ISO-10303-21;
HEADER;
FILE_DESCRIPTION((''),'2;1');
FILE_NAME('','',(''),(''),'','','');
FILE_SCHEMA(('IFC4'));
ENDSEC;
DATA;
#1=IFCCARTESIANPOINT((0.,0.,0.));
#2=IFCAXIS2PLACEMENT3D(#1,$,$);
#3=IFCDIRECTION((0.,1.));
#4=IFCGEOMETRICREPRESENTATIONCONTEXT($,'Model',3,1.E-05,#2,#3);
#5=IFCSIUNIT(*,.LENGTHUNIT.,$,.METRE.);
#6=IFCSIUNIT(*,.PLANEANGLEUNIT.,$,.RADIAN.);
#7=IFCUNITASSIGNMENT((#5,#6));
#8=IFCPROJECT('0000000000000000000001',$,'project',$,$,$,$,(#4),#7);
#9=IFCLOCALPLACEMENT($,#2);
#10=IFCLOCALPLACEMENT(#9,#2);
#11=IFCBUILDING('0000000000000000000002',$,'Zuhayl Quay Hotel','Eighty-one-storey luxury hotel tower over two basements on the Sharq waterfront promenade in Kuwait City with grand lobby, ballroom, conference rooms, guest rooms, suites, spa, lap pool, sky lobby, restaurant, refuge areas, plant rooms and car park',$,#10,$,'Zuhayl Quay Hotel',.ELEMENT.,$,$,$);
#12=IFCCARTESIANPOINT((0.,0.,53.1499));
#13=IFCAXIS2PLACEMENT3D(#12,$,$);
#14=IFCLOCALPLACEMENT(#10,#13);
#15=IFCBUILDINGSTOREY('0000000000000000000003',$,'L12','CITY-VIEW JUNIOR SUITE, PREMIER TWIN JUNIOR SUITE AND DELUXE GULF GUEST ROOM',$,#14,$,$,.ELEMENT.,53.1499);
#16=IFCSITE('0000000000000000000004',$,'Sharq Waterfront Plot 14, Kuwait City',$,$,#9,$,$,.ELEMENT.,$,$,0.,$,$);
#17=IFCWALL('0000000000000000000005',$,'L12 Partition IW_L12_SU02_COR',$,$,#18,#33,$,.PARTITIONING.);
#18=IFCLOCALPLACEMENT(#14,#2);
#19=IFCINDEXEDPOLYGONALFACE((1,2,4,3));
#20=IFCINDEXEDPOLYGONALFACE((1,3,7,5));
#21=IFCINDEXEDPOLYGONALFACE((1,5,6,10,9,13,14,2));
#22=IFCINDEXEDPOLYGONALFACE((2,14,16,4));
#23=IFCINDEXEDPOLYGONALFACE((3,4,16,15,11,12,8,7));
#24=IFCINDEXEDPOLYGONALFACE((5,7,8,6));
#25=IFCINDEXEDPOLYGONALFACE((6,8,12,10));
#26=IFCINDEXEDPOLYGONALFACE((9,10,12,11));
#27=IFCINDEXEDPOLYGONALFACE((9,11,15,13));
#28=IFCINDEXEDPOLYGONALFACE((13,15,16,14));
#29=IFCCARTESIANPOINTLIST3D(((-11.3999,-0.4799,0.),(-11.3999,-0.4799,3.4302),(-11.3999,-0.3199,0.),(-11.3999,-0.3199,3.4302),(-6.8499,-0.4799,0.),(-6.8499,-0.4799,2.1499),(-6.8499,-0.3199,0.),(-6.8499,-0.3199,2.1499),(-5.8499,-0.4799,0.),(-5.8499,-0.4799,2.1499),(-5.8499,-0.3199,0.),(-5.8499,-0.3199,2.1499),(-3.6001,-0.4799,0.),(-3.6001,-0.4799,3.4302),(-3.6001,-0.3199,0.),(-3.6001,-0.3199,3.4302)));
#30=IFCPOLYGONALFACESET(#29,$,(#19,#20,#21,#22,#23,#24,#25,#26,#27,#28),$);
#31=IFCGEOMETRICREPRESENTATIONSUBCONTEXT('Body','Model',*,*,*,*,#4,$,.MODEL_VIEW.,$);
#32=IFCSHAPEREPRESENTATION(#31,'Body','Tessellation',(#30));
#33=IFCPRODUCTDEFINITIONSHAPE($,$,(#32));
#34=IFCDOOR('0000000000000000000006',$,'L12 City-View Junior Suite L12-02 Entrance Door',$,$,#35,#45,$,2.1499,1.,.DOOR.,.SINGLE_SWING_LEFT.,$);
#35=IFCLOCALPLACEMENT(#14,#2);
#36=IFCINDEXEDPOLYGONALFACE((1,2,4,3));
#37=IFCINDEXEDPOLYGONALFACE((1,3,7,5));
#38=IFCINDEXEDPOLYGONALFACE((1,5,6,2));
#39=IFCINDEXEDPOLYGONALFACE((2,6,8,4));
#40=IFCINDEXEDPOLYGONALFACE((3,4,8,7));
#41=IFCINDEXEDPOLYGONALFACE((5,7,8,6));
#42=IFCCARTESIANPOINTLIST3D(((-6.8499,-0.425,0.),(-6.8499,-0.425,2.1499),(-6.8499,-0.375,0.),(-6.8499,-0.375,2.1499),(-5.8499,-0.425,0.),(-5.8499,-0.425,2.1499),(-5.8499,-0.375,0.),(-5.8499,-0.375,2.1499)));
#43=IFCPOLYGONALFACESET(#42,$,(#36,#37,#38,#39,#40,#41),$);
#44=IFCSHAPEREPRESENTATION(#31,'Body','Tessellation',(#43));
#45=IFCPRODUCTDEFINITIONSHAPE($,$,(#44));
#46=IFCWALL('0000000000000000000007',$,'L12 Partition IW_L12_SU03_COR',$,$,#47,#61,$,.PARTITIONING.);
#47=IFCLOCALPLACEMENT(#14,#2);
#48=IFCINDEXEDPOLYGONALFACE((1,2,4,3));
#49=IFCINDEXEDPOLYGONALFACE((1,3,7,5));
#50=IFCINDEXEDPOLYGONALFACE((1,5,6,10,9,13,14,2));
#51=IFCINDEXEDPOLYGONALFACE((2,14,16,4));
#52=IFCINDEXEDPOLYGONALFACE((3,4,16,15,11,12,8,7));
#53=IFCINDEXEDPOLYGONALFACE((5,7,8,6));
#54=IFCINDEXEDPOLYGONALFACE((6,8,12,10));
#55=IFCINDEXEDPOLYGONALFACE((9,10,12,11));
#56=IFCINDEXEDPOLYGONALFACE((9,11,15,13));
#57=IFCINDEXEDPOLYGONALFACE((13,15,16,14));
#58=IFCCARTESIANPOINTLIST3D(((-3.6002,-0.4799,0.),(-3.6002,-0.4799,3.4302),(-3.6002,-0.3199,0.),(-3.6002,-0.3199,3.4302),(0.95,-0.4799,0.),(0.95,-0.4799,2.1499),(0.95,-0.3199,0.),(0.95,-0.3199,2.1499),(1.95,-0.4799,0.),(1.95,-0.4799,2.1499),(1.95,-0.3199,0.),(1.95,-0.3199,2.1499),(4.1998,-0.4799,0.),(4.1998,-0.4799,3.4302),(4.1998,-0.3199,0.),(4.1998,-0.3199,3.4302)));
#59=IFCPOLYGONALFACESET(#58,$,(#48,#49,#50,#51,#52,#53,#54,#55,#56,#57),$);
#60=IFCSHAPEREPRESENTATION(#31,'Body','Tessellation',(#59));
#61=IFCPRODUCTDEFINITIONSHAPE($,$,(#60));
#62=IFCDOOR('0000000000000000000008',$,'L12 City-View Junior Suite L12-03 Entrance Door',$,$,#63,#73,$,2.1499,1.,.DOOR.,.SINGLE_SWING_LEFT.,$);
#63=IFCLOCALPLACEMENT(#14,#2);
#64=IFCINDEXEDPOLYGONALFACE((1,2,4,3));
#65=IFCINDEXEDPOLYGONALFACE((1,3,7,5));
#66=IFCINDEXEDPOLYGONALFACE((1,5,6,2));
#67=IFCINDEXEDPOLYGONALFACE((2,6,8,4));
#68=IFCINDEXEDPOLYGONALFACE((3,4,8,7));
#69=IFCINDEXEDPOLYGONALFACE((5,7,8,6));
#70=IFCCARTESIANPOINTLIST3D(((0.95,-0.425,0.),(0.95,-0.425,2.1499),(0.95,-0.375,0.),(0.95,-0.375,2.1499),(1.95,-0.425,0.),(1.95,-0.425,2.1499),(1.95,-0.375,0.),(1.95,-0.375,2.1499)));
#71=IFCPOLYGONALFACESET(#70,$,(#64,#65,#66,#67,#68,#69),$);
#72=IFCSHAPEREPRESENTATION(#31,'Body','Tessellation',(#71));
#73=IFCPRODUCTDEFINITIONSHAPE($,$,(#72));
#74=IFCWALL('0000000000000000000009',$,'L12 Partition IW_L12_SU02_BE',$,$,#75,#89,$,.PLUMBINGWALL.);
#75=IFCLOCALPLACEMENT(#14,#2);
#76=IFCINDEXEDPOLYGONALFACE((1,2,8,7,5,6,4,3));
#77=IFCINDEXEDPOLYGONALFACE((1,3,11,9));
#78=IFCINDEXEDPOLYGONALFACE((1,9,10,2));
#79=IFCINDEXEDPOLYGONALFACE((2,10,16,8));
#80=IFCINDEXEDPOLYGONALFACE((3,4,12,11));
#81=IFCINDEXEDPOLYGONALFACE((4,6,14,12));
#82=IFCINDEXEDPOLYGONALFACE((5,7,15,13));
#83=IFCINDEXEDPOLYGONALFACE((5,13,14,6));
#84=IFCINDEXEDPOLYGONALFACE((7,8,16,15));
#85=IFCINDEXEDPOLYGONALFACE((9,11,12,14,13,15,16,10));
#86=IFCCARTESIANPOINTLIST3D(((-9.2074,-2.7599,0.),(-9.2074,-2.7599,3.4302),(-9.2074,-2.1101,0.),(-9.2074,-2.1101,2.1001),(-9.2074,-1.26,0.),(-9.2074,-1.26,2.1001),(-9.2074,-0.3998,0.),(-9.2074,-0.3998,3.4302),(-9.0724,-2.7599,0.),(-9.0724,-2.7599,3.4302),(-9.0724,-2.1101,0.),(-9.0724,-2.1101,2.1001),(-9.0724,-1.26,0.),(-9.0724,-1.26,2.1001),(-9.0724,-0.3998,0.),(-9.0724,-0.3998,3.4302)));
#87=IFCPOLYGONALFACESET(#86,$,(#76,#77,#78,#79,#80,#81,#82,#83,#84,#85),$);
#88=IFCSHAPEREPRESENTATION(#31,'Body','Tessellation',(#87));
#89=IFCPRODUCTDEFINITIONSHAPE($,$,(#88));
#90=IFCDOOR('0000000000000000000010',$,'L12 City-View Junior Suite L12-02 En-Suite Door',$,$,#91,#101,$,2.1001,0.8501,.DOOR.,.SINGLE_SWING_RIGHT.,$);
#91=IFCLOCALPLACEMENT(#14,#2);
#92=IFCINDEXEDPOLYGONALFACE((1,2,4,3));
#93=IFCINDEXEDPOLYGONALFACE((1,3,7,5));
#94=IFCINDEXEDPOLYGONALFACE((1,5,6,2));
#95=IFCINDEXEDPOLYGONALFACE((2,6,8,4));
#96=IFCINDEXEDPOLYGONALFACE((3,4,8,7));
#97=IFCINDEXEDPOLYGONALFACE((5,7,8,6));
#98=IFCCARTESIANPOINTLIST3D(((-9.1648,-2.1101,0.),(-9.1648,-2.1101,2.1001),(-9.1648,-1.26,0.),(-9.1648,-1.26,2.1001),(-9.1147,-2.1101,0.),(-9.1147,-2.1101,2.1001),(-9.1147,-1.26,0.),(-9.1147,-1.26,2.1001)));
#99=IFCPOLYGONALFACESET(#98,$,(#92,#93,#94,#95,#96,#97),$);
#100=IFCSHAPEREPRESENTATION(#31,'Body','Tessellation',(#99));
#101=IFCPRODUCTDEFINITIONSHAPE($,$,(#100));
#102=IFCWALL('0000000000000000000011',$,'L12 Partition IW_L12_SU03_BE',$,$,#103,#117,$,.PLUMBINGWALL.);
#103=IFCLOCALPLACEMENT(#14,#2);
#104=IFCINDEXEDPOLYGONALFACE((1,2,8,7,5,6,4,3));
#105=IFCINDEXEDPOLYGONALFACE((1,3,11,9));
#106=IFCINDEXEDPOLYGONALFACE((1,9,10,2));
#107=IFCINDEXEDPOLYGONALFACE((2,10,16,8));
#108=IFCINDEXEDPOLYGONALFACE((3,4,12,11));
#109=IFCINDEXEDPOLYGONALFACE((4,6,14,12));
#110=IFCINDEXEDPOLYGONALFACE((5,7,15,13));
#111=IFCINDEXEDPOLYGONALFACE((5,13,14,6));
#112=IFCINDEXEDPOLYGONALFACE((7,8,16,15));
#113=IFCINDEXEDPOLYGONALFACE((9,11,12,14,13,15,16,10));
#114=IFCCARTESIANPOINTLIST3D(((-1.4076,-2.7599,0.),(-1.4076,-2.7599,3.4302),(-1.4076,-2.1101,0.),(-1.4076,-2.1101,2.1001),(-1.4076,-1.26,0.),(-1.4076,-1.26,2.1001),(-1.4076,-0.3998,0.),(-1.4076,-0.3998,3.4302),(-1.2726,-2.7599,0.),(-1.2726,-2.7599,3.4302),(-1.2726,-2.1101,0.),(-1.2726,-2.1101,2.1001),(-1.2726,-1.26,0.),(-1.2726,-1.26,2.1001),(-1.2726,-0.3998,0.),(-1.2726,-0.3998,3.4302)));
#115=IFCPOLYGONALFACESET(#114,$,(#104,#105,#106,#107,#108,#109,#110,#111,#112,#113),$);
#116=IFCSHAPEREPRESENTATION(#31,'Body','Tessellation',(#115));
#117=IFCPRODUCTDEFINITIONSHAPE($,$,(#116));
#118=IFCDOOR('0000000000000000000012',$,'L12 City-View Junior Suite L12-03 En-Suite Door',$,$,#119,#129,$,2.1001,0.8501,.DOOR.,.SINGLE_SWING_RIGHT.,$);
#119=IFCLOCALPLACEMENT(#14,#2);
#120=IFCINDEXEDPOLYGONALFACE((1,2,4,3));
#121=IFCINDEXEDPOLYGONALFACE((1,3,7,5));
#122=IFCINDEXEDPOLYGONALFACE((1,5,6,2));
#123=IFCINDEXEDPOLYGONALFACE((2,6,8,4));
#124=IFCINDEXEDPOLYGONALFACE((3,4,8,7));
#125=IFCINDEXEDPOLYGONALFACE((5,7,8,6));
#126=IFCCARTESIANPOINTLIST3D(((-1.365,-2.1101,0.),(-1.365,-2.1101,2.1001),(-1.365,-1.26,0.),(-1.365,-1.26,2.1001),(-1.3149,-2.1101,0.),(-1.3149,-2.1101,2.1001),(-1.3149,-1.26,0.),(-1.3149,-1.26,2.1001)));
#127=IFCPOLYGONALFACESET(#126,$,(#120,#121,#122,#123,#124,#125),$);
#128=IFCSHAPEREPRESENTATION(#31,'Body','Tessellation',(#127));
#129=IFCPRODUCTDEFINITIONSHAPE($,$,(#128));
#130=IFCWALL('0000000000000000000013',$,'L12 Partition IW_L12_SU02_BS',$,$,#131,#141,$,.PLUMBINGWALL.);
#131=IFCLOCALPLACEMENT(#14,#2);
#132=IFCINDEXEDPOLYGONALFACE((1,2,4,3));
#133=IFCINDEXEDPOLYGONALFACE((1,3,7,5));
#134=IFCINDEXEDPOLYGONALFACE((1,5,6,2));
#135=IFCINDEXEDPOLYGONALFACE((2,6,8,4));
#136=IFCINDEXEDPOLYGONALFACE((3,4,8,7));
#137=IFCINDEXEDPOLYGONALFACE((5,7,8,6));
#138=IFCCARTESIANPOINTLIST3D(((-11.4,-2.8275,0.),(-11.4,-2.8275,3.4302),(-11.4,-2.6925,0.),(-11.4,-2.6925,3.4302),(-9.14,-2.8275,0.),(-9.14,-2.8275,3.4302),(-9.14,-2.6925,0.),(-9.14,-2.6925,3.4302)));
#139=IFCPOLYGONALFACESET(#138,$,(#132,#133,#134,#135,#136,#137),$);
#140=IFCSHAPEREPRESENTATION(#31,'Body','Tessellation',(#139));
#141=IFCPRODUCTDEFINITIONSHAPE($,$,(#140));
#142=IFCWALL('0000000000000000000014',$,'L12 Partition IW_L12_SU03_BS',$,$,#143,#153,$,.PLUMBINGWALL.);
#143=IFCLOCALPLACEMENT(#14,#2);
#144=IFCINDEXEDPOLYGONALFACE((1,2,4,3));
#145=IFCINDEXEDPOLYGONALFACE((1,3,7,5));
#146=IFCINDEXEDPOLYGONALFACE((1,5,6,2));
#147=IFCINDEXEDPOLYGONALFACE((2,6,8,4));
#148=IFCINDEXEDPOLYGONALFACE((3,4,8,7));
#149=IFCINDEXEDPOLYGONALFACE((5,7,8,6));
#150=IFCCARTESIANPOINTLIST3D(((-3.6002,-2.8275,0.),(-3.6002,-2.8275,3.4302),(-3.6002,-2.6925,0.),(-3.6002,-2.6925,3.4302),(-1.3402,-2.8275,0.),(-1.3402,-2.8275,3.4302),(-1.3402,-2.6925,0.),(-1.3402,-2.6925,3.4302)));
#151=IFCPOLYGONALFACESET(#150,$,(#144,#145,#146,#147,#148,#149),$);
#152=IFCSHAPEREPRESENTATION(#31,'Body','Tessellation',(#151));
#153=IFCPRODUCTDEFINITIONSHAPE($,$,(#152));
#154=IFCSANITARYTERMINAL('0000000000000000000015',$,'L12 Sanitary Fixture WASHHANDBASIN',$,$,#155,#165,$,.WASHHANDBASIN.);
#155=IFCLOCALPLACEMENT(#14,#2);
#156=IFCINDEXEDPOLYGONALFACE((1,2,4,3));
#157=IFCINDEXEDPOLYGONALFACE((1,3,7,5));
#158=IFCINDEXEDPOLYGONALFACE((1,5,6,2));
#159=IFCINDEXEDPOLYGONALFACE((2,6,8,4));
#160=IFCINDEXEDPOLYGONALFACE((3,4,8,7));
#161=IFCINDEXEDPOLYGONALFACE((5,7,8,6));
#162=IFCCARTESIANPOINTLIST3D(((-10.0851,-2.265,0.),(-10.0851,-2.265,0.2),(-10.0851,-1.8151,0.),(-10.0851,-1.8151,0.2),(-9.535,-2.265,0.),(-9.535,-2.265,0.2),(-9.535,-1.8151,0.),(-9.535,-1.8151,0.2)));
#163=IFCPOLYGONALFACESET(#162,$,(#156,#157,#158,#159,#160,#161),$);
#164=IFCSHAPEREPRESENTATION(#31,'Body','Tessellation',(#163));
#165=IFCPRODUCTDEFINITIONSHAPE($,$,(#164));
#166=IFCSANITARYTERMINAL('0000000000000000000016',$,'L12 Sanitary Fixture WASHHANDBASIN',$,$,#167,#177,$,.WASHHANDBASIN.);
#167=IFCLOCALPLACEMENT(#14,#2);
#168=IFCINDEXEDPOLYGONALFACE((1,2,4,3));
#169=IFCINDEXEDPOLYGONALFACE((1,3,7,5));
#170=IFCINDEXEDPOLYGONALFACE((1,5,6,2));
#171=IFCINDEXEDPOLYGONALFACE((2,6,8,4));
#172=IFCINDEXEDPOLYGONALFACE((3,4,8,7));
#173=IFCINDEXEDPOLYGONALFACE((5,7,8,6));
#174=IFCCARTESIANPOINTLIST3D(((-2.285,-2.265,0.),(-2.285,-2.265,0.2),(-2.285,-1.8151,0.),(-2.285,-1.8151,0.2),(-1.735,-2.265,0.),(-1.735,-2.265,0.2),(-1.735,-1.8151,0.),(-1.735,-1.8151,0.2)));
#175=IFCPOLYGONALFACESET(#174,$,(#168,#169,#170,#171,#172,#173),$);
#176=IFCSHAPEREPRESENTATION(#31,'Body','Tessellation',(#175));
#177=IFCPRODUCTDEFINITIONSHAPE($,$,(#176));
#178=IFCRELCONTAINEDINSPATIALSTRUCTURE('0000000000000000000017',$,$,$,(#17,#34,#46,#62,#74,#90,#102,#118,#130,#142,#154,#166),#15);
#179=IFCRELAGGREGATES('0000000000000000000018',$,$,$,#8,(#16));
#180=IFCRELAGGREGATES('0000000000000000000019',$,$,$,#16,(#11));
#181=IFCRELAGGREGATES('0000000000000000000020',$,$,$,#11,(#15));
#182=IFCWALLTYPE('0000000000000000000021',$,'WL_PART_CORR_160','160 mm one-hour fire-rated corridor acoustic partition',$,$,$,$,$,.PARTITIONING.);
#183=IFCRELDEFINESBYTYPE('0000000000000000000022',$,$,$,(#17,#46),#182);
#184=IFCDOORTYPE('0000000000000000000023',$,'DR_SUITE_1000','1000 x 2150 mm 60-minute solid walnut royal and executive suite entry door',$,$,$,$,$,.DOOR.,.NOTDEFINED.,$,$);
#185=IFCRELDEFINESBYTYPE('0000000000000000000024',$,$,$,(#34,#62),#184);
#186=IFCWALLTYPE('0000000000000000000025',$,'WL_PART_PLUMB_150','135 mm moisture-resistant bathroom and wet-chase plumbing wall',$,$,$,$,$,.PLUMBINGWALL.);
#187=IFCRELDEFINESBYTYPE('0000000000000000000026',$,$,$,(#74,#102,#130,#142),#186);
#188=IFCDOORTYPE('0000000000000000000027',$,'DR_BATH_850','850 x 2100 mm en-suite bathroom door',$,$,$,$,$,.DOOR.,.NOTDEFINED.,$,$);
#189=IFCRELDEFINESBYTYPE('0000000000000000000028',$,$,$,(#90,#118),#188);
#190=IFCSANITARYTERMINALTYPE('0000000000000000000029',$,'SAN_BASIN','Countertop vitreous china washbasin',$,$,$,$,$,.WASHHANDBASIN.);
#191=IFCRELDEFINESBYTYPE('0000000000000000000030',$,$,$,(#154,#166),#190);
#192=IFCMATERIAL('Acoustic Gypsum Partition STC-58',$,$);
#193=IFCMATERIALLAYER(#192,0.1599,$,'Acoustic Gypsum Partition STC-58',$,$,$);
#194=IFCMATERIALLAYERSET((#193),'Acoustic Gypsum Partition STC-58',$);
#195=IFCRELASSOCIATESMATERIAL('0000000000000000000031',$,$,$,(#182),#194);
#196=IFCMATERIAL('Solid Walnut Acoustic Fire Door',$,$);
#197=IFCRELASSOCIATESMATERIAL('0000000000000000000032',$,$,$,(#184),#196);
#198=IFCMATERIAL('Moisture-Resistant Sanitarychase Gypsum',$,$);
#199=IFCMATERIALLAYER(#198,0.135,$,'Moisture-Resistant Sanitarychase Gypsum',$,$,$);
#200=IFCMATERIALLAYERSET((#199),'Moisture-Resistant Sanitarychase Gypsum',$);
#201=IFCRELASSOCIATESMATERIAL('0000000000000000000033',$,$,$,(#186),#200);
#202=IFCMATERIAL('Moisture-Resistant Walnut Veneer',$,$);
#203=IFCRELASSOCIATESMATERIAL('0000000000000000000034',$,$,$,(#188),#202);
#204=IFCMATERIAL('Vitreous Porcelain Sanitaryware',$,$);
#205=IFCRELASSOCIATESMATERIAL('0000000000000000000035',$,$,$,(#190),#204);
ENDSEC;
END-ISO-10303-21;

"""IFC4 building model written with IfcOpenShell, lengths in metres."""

from ifc_helpers import new_model, si_unit, direction, frame, frame_2d, origin, origin_2d, place, context, subcontext, project, spatial, rectangle, extrude, material, layer, layer_set, type_object, element, fill, save


model = new_model("IFC4")

# Units and contexts
model_context = context("Model", 3, precision=1e-05, world=origin(), true_north=direction((0.0, 1.0)))
body_context = subcontext(model_context, "Body", "Model", "MODEL_VIEW")
ifc_project = project(units=[si_unit("LENGTHUNIT", "METRE"), si_unit("PLANEANGLEUNIT", "RADIAN")], contexts=[model_context])

# Site, building, storey
site_placement = place(None, origin())
site = spatial("IfcSite", under=ifc_project, at=site_placement, Name="Sharq Waterfront Plot 14, Kuwait City", CompositionType="ELEMENT", RefElevation=0.0)
building_placement = place(site_placement, origin())
building = spatial("IfcBuilding", under=site, at=building_placement, Name="Zuhayl Quay Hotel", Description="Eighty-one-storey luxury hotel tower over two basements on the Sharq waterfront promenade in Kuwait City with grand lobby, ballroom, conference rooms, guest rooms, suites, spa, lap pool, sky lobby, restaurant, refuge areas, plant rooms and car park", LongName="Zuhayl Quay Hotel", CompositionType="ELEMENT")
storey_placement = place(building_placement, frame((0.0, 0.0, 53.1499)))
storey = spatial("IfcBuildingStorey", under=building, at=storey_placement, Name="L12", Description="CITY-VIEW JUNIOR SUITE, PREMIER TWIN JUNIOR SUITE AND DELUXE GULF GUEST ROOM", CompositionType="ELEMENT", Elevation=53.1499)

# Walls, openings, doors
ifc_material_1 = material(Name="Acoustic Gypsum Partition STC-58")
ifc_layer_1 = layer(ifc_material_1, 0.1599, Name="Acoustic Gypsum Partition STC-58")
ifc_layer_set_1 = layer_set([ifc_layer_1], Name="Acoustic Gypsum Partition STC-58")
wall_type_1 = type_object("IfcWallType", Name="WL_PART_CORR_160", Description="160 mm one-hour fire-rated corridor acoustic partition", PredefinedType="PARTITIONING", material=ifc_layer_set_1)
wall_1_placement = place(storey_placement, frame((-11.3999, -0.3999, 0.0), z_axis=(0.0, 0.0, 1.0), x_axis=(1.0, 0.0, 0.0)))
wall_1 = element("IfcWall", 1, at=wall_1_placement, inside=storey, type_object=wall_type_1, Name="L12 Partition IW_L12_SU02_COR", PredefinedType="PARTITIONING", context=body_context, shape_type="SweptSolid", body=[
    extrude(rectangle(XDim=7.7998, YDim=0.1599, at=frame_2d((3.8999, 0.0))), origin(), (0.0, 0.0, 1.0), 3.4302),
])
opening_1_placement = place(wall_1_placement, frame((4.55, 0.0, 0.0)))
opening_1 = element("IfcOpeningElement", 2, at=opening_1_placement, cuts=wall_1, PredefinedType="OPENING", context=body_context, shape_type="SweptSolid", body=[
    extrude(rectangle(XDim=1.0, YDim=2.1499, at=frame_2d((0.5, 1.075))), frame((0.0, 0.0898, 0.0), z_axis=(0.0, -1.0, 0.0), x_axis=(1.0, 0.0, 0.0)), (0.0, 0.0, 1.0), 0.1799),
])
ifc_material_2 = material(Name="Solid Walnut Acoustic Fire Door")
door_type_1 = type_object("IfcDoorType", Name="DR_SUITE_1000", Description="1000 x 2150 mm 60-minute solid walnut royal and executive suite entry door", OperationType="NOTDEFINED", PredefinedType="DOOR", material=ifc_material_2)
door_1_placement = place(opening_1_placement, origin())
door_1 = element("IfcDoor", 3, at=door_1_placement, inside=storey, type_object=door_type_1, Name="L12 City-View Junior Suite L12-02 Entrance Door", OperationType="SINGLE_SWING_LEFT", OverallHeight=2.1499, OverallWidth=1.0, PredefinedType="DOOR", context=body_context, shape_type="SweptSolid", body=[
    extrude(rectangle(XDim=1.0, YDim=2.1499, at=frame_2d((0.5, 1.075))), frame((0.0, 0.0249, 0.0), z_axis=(0.0, -1.0, 0.0), x_axis=(1.0, 0.0, 0.0)), (0.0, 0.0, 1.0), 0.05),
])
fill(opening_1, door_1)
wall_2_placement = place(storey_placement, frame((-3.6001, -0.3999, 0.0), z_axis=(0.0, 0.0, 1.0), x_axis=(1.0, 0.0, 0.0)))
wall_2 = element("IfcWall", 4, at=wall_2_placement, inside=storey, type_object=wall_type_1, Name="L12 Partition IW_L12_SU03_COR", PredefinedType="PARTITIONING", context=body_context, shape_type="SweptSolid", body=[
    extrude(rectangle(XDim=7.8, YDim=0.1599, at=frame_2d((3.8999, 0.0))), origin(), (0.0, 0.0, 1.0), 3.4302),
])
opening_2_placement = place(wall_2_placement, frame((4.55, 0.0, 0.0)))
opening_2 = element("IfcOpeningElement", 5, at=opening_2_placement, cuts=wall_2, PredefinedType="OPENING", context=body_context, shape_type="SweptSolid", body=[
    extrude(rectangle(XDim=1.0, YDim=2.1499, at=frame_2d((0.5, 1.075))), frame((0.0, 0.0898, 0.0), z_axis=(0.0, -1.0, 0.0), x_axis=(1.0, 0.0, 0.0)), (0.0, 0.0, 1.0), 0.1799),
])
door_2_placement = place(opening_2_placement, origin())
door_2 = element("IfcDoor", 6, at=door_2_placement, inside=storey, type_object=door_type_1, Name="L12 City-View Junior Suite L12-03 Entrance Door", OperationType="SINGLE_SWING_LEFT", OverallHeight=2.1499, OverallWidth=1.0, PredefinedType="DOOR", context=body_context, shape_type="SweptSolid", body=[
    extrude(rectangle(XDim=1.0, YDim=2.1499, at=frame_2d((0.5, 1.075))), frame((0.0, 0.0249, 0.0), z_axis=(0.0, -1.0, 0.0), x_axis=(1.0, 0.0, 0.0)), (0.0, 0.0, 1.0), 0.05),
])
fill(opening_2, door_2)
ifc_material_3 = material(Name="Moisture-Resistant Sanitarychase Gypsum")
ifc_layer_2 = layer(ifc_material_3, 0.135, Name="Moisture-Resistant Sanitarychase Gypsum")
ifc_layer_set_2 = layer_set([ifc_layer_2], Name="Moisture-Resistant Sanitarychase Gypsum")
wall_type_2 = type_object("IfcWallType", Name="WL_PART_PLUMB_150", Description="135 mm moisture-resistant bathroom and wet-chase plumbing wall", PredefinedType="PLUMBINGWALL", material=ifc_layer_set_2)
wall_3_placement = place(storey_placement, frame((-9.1399, -2.76, 0.0), z_axis=(0.0, 0.0, 1.0), x_axis=(0.0, 1.0, 0.0)))
wall_3 = element("IfcWall", 7, at=wall_3_placement, inside=storey, type_object=wall_type_2, Name="L12 Partition IW_L12_SU02_BE", PredefinedType="PLUMBINGWALL", context=body_context, shape_type="SweptSolid", body=[
    extrude(rectangle(XDim=2.3601, YDim=0.135, at=frame_2d((1.1802, 0.0))), origin(), (0.0, 0.0, 1.0), 3.4302),
])
opening_3_placement = place(wall_3_placement, frame((0.6499, 0.0, 0.0)))
opening_3 = element("IfcOpeningElement", 8, at=opening_3_placement, cuts=wall_3, PredefinedType="OPENING", context=body_context, shape_type="SweptSolid", body=[
    extrude(rectangle(XDim=0.8501, YDim=2.1001, at=frame_2d((0.425, 1.05))), frame((0.0, 0.0774, 0.0), z_axis=(0.0, -1.0, 0.0), x_axis=(1.0, 0.0, 0.0)), (0.0, 0.0, 1.0), 0.155),
])
ifc_material_4 = material(Name="Moisture-Resistant Walnut Veneer")
door_type_2 = type_object("IfcDoorType", Name="DR_BATH_850", Description="850 x 2100 mm en-suite bathroom door", OperationType="NOTDEFINED", PredefinedType="DOOR", material=ifc_material_4)
door_3_placement = place(opening_3_placement, origin())
door_3 = element("IfcDoor", 9, at=door_3_placement, inside=storey, type_object=door_type_2, Name="L12 City-View Junior Suite L12-02 En-Suite Door", OperationType="SINGLE_SWING_RIGHT", OverallHeight=2.1001, OverallWidth=0.8501, PredefinedType="DOOR", context=body_context, shape_type="SweptSolid", body=[
    extrude(rectangle(XDim=0.8501, YDim=2.1001, at=frame_2d((0.425, 1.05))), frame((0.0, 0.0249, 0.0), z_axis=(0.0, -1.0, 0.0), x_axis=(1.0, 0.0, 0.0)), (0.0, 0.0, 1.0), 0.05),
])
fill(opening_3, door_3)
wall_4_placement = place(storey_placement, frame((-1.3401, -2.76, 0.0), z_axis=(0.0, 0.0, 1.0), x_axis=(0.0, 1.0, 0.0)))
wall_4 = element("IfcWall", 10, at=wall_4_placement, inside=storey, type_object=wall_type_2, Name="L12 Partition IW_L12_SU03_BE", PredefinedType="PLUMBINGWALL", context=body_context, shape_type="SweptSolid", body=[
    extrude(rectangle(XDim=2.3601, YDim=0.135, at=frame_2d((1.1802, 0.0))), origin(), (0.0, 0.0, 1.0), 3.4302),
])
opening_4_placement = place(wall_4_placement, frame((0.6499, 0.0, 0.0)))
opening_4 = element("IfcOpeningElement", 11, at=opening_4_placement, cuts=wall_4, PredefinedType="OPENING", context=body_context, shape_type="SweptSolid", body=[
    extrude(rectangle(XDim=0.8501, YDim=2.1001, at=frame_2d((0.425, 1.05))), frame((0.0, 0.0774, 0.0), z_axis=(0.0, -1.0, 0.0), x_axis=(1.0, 0.0, 0.0)), (0.0, 0.0, 1.0), 0.155),
])
door_4_placement = place(opening_4_placement, origin())
door_4 = element("IfcDoor", 12, at=door_4_placement, inside=storey, type_object=door_type_2, Name="L12 City-View Junior Suite L12-03 En-Suite Door", OperationType="SINGLE_SWING_RIGHT", OverallHeight=2.1001, OverallWidth=0.8501, PredefinedType="DOOR", context=body_context, shape_type="SweptSolid", body=[
    extrude(rectangle(XDim=0.8501, YDim=2.1001, at=frame_2d((0.425, 1.05))), frame((0.0, 0.0249, 0.0), z_axis=(0.0, -1.0, 0.0), x_axis=(1.0, 0.0, 0.0)), (0.0, 0.0, 1.0), 0.05),
])
fill(opening_4, door_4)

# Walls
for number, where, z_axis, x_axis, name in (
    (13, (-11.3999, -2.76, 0.0), (0.0, 0.0, 1.0), (1.0, 0.0, 0.0), "L12 Partition IW_L12_SU02_BS"),
    (14, (-3.6001, -2.76, 0.0), (0.0, 0.0, 1.0), (1.0, 0.0, 0.0), "L12 Partition IW_L12_SU03_BS"),
):
    element("IfcWall", number, at=place(storey_placement, frame(where, z_axis=z_axis, x_axis=x_axis)), inside=storey, type_object=wall_type_2, Name=name, PredefinedType="PLUMBINGWALL", context=body_context, shape_type="SweptSolid", body=[
        extrude(rectangle(XDim=2.26, YDim=0.135, at=frame_2d((1.1299, 0.0))), origin(), (0.0, 0.0, 1.0), 3.4302),
    ])

# Sanitary terminals
ifc_material_5 = material(Name="Vitreous Porcelain Sanitaryware")
sanitary_terminal_type_1 = type_object("IfcSanitaryTerminalType", Name="SAN_BASIN", Description="Countertop vitreous china washbasin", PredefinedType="WASHHANDBASIN", material=ifc_material_5)
for number, where, z_axis, x_axis, name in (
    (15, (-9.8101, -2.04, 0.0), (0.0, 0.0, 1.0), (1.0, 0.0, 0.0), "L12 Sanitary Fixture WASHHANDBASIN"),
    (16, (-2.01, -2.04, 0.0), (0.0, 0.0, 1.0), (1.0, 0.0, 0.0), "L12 Sanitary Fixture WASHHANDBASIN"),
):
    element("IfcSanitaryTerminal", number, at=place(storey_placement, frame(where, z_axis=z_axis, x_axis=x_axis)), inside=storey, type_object=sanitary_terminal_type_1, Name=name, PredefinedType="WASHHANDBASIN", context=body_context, shape_type="SweptSolid", body=[
        extrude(rectangle(XDim=0.55, YDim=0.45, at=origin_2d()), origin(), (0.0, 0.0, 1.0), 0.2),
    ])

save(model, "model.ifc")
